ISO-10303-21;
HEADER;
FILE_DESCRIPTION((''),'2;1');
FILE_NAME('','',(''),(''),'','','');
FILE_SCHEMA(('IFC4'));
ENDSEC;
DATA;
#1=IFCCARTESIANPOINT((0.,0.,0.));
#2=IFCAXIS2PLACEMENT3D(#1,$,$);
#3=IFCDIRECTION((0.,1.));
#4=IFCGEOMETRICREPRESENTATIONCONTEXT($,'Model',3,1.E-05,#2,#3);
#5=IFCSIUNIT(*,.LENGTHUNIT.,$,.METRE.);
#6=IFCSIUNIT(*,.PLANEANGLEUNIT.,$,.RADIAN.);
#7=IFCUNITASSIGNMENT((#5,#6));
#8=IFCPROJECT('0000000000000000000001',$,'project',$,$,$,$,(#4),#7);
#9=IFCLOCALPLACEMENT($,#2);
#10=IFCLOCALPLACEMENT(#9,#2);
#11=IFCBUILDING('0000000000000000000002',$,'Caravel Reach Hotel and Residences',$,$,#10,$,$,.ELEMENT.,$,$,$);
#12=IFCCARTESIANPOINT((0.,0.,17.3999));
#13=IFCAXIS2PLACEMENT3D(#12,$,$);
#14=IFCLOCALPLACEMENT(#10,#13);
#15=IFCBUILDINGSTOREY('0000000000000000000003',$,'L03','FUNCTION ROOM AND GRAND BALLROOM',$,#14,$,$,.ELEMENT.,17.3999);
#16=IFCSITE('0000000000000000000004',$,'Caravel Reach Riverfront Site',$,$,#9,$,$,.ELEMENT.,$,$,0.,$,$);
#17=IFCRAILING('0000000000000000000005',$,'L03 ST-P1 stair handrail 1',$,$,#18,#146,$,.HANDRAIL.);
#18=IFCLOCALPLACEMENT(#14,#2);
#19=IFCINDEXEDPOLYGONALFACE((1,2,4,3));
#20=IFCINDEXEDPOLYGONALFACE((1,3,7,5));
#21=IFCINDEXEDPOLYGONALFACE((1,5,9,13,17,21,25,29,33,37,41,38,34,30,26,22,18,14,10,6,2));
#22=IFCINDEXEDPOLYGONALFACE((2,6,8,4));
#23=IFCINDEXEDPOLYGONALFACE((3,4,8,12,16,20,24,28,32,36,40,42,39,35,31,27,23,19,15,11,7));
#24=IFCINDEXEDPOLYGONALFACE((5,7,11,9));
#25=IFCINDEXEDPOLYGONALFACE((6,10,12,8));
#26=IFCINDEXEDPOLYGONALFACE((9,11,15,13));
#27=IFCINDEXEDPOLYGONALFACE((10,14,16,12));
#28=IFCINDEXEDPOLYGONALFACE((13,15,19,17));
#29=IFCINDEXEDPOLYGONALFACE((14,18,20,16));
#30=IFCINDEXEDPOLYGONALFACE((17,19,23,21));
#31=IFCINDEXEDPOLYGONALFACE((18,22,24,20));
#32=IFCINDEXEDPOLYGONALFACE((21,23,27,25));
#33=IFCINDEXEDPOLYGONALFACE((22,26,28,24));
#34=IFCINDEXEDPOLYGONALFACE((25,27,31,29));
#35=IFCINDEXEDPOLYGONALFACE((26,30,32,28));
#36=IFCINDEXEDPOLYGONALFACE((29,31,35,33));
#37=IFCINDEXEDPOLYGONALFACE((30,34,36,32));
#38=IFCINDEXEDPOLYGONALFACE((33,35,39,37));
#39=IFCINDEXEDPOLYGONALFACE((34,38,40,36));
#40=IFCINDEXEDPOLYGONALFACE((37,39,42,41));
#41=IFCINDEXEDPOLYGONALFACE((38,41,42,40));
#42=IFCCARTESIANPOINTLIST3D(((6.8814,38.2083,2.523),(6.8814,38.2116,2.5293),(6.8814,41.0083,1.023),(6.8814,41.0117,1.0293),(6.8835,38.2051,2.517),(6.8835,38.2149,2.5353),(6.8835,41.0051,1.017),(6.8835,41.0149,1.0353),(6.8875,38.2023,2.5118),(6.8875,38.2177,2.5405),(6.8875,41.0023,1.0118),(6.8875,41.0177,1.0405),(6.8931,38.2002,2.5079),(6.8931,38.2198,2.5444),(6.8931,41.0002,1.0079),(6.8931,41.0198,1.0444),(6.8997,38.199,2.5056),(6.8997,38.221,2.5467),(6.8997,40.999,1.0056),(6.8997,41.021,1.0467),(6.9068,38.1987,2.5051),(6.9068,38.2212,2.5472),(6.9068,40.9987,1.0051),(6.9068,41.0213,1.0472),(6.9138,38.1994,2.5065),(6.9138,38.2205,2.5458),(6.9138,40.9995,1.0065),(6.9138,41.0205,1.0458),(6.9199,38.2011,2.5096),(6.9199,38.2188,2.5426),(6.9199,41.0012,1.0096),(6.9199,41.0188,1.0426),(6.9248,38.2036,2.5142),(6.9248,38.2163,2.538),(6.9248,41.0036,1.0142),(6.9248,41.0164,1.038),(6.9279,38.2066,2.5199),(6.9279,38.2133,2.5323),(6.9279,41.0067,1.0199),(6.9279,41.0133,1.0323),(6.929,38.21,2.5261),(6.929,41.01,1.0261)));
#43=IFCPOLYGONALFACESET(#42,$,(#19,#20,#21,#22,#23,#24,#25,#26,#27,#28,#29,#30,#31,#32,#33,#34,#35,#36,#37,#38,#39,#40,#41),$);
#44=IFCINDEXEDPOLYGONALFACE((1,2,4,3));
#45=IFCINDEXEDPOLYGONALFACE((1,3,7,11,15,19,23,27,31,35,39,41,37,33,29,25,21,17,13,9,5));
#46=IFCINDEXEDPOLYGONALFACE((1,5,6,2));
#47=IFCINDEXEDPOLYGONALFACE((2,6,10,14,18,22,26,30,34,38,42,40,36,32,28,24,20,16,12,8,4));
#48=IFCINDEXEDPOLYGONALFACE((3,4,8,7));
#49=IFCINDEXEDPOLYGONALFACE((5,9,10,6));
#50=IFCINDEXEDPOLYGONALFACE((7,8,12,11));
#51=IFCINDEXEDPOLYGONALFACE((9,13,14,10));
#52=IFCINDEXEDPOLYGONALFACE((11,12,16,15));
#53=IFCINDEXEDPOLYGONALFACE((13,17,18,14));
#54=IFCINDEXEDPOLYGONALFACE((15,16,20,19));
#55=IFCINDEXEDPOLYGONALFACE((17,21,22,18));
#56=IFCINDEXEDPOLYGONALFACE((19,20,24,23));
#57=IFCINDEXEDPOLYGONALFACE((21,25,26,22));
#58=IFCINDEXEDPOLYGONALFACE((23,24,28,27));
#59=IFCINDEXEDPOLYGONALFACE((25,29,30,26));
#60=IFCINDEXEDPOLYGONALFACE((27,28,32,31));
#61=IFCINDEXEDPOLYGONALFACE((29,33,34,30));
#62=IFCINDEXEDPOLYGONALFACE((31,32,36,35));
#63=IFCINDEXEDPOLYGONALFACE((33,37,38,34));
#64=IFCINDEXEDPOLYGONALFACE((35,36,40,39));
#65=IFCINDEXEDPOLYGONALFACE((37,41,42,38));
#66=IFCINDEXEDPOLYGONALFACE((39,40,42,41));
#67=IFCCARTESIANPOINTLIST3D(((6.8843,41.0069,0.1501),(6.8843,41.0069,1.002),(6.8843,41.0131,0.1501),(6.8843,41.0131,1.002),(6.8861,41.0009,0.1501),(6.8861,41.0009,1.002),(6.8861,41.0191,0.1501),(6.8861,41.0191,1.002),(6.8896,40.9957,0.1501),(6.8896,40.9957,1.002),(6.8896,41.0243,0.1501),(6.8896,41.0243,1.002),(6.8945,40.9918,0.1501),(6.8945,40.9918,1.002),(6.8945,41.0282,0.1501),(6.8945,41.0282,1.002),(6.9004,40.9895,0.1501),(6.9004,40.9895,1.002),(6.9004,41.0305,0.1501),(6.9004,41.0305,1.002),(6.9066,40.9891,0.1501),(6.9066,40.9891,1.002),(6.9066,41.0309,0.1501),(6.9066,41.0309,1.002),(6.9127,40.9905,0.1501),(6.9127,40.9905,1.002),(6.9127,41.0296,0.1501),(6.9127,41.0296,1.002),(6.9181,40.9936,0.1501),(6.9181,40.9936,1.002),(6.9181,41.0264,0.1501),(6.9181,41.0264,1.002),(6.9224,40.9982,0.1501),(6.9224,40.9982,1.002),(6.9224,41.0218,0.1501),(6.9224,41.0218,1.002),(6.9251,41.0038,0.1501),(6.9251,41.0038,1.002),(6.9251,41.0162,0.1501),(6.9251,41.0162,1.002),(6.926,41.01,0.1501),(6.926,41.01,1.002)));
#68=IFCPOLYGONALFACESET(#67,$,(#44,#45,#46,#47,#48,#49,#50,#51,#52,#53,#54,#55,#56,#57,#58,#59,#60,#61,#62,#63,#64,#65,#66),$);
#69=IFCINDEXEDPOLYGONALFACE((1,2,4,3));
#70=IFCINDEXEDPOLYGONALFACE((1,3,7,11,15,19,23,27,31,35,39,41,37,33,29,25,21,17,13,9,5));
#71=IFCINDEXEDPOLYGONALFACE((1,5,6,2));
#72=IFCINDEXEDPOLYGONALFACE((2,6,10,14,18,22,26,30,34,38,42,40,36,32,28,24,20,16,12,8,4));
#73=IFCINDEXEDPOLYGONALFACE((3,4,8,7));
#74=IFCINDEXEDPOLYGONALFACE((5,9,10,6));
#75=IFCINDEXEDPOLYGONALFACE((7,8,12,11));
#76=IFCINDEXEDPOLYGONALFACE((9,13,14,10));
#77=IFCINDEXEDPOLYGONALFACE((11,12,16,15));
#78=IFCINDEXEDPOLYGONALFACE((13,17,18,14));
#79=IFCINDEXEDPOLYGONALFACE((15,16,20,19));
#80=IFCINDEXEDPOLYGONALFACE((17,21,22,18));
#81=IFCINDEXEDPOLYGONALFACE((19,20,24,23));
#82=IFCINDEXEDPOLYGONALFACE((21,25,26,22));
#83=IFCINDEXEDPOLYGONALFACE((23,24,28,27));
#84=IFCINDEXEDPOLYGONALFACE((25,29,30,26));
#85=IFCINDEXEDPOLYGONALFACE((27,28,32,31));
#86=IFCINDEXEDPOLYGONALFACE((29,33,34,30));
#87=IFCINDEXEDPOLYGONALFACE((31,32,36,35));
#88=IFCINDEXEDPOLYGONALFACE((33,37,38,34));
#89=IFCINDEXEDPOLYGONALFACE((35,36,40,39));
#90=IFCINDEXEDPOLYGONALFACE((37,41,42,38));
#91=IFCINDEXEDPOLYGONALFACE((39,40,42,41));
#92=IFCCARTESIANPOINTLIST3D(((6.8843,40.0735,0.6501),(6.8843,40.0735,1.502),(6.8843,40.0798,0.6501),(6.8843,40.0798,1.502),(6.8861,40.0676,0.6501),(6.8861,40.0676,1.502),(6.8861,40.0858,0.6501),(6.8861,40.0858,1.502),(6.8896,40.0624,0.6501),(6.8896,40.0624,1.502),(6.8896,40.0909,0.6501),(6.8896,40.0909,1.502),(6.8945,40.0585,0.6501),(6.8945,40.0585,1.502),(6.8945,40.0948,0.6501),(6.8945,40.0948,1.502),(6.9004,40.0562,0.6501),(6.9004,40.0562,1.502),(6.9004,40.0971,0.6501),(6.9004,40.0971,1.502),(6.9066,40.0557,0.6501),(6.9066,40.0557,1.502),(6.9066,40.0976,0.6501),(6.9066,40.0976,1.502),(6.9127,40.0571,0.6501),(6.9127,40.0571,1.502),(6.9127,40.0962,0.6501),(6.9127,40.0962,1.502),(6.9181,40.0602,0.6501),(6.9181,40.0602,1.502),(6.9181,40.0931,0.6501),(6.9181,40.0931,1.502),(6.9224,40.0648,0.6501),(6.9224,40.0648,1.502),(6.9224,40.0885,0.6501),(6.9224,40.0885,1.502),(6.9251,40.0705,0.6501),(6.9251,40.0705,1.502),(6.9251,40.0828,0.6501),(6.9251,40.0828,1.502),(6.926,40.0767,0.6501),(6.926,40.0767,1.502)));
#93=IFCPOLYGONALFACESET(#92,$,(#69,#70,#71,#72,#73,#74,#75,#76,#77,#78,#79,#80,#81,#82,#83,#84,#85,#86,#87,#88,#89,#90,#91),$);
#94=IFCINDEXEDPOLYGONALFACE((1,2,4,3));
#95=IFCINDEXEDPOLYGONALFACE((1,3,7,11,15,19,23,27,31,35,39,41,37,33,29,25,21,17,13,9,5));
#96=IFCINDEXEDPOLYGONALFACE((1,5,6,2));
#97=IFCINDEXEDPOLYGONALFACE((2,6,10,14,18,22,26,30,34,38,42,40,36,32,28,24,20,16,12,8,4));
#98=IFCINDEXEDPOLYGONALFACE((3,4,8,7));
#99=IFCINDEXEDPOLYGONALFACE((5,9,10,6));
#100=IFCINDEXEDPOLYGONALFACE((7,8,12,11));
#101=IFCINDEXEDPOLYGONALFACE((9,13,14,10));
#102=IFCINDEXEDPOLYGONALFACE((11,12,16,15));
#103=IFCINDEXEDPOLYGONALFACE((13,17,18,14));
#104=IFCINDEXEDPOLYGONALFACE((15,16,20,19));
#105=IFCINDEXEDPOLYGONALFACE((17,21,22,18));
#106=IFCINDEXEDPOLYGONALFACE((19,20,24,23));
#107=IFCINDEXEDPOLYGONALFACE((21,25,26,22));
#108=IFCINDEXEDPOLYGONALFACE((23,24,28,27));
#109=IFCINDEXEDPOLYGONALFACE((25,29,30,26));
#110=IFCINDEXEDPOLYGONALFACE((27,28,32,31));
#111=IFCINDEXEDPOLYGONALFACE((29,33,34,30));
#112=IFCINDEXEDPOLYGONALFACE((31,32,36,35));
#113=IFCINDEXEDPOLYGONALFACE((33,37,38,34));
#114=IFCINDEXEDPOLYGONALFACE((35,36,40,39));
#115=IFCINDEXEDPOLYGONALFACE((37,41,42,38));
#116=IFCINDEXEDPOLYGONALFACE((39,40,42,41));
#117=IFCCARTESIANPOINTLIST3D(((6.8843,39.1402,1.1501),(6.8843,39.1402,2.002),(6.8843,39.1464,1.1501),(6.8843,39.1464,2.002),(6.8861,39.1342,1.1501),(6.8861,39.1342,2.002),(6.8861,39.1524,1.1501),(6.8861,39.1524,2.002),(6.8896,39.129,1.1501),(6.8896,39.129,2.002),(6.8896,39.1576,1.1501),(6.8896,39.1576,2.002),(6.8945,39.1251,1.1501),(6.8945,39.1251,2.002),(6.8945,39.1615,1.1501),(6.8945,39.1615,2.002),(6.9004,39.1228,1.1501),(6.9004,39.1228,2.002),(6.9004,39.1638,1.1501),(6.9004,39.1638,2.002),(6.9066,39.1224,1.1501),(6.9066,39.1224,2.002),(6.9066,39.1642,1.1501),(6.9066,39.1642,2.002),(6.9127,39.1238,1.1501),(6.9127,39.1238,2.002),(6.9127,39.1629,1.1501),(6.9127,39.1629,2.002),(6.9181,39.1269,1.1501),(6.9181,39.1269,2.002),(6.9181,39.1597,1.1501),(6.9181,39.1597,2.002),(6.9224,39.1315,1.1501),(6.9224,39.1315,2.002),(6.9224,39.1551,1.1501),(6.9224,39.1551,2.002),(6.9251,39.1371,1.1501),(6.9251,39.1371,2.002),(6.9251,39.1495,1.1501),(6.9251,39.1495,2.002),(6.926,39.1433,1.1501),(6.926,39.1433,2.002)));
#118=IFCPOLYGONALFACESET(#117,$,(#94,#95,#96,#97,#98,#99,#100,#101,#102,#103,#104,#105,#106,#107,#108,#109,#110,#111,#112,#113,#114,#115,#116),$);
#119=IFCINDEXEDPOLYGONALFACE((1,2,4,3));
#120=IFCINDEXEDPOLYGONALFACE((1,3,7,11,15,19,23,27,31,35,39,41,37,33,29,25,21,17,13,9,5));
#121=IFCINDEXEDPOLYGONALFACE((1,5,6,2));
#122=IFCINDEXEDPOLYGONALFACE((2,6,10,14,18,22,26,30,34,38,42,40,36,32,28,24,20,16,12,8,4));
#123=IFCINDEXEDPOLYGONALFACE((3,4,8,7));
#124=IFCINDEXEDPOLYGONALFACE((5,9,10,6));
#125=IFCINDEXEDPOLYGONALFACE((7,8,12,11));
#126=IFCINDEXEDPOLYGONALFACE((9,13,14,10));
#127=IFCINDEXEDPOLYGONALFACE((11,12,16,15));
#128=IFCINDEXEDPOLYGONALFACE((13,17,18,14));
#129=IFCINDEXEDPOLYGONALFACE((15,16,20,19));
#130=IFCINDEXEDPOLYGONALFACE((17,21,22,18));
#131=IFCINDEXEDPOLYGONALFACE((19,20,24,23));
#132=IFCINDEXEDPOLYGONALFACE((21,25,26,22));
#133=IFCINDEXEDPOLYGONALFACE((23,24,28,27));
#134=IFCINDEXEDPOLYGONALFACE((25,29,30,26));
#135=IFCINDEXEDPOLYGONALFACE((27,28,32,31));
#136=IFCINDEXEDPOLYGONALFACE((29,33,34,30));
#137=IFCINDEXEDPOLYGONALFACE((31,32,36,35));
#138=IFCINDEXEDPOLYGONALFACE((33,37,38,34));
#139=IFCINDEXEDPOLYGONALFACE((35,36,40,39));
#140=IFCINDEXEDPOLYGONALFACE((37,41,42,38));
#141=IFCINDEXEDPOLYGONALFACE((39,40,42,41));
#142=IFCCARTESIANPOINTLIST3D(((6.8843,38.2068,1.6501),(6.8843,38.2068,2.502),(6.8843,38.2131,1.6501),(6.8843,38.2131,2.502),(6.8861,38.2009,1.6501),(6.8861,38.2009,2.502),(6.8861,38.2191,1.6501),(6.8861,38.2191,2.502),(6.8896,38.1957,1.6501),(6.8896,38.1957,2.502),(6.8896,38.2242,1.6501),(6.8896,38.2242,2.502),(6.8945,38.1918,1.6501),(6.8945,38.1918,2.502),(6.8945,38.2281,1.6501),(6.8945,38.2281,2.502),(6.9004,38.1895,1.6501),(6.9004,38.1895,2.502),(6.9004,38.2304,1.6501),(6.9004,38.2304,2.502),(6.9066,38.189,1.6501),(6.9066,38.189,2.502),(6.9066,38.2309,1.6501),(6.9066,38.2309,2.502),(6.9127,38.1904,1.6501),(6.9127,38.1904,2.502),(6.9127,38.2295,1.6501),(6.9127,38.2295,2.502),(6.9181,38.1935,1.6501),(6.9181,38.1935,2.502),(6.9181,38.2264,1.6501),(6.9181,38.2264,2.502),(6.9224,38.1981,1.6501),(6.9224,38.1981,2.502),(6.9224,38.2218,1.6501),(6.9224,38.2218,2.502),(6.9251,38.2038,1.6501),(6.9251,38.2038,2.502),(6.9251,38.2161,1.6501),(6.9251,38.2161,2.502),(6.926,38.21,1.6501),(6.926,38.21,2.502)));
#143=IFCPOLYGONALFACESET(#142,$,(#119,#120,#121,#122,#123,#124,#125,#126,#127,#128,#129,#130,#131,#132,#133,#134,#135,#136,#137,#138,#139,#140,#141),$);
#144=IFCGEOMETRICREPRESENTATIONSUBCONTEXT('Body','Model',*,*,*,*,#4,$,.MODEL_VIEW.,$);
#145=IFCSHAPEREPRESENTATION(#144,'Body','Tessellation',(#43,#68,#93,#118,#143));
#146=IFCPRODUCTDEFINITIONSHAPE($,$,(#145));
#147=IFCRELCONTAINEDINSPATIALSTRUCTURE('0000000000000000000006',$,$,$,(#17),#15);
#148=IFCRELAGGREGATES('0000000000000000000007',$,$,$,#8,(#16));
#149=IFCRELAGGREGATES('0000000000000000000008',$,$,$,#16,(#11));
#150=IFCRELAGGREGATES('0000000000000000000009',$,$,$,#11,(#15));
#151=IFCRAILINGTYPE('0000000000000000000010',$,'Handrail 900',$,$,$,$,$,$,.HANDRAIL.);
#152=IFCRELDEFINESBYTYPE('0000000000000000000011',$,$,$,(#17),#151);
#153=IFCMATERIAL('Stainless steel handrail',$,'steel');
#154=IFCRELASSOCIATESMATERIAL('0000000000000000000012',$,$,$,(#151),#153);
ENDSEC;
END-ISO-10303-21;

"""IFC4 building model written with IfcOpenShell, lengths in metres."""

from ifc_helpers import new_model, si_unit, direction, frame, origin, origin_2d, place, context, subcontext, project, spatial, circle, extrude, material, type_object, element, save


model = new_model("IFC4")

# Units and contexts
model_context = context("Model", 3, precision=1e-05, world=origin(), true_north=direction((0.0, 1.0)))
body_context = subcontext(model_context, "Body", "Model", "MODEL_VIEW")
ifc_project = project(units=[si_unit("LENGTHUNIT", "METRE"), si_unit("PLANEANGLEUNIT", "RADIAN")], contexts=[model_context])

# Site, building, storey
site_placement = place(None, origin())
site = spatial("IfcSite", under=ifc_project, at=site_placement, Name="Caravel Reach Riverfront Site", CompositionType="ELEMENT", RefElevation=0.0)
building_placement = place(site_placement, origin())
building = spatial("IfcBuilding", under=site, at=building_placement, Name="Caravel Reach Hotel and Residences", CompositionType="ELEMENT")
storey_placement = place(building_placement, frame((0.0, 0.0, 17.3999)))
storey = spatial("IfcBuildingStorey", under=building, at=storey_placement, Name="L03", Description="FUNCTION ROOM AND GRAND BALLROOM", CompositionType="ELEMENT", Elevation=17.3999)

# Railing
ifc_material_1 = material(Name="Stainless steel handrail", Category="steel")
railing_type_1 = type_object("IfcRailingType", Name="Handrail 900", PredefinedType="HANDRAIL", material=ifc_material_1)
railing_1_placement = place(storey_placement, frame((6.905, 41.01, 0.1501)))
element("IfcRailing", 1, at=railing_1_placement, inside=storey, type_object=railing_type_1, Name="L03 ST-P1 stair handrail 1", PredefinedType="HANDRAIL", context=body_context, shape_type="SweptSolid", body=[
    extrude(circle(Radius=0.0239, at=origin_2d()), frame((0.0, 0.0, 0.876), z_axis=(0.0, -0.881483, 0.472215), x_axis=(1.0, 0.0, 0.0)), (0.0, 0.0, 1.0), 3.1765),
    extrude(circle(Radius=0.021, at=origin_2d()), origin(), (0.0, 0.0, 1.0), 0.8518),
    extrude(circle(Radius=0.021, at=origin_2d()), frame((0.0, -0.9333, 0.5)), (0.0, 0.0, 1.0), 0.8518),
    extrude(circle(Radius=0.021, at=origin_2d()), frame((0.0, -1.8667, 1.0)), (0.0, 0.0, 1.0), 0.8518),
    extrude(circle(Radius=0.021, at=origin_2d()), frame((0.0, -2.8, 1.5)), (0.0, 0.0, 1.0), 0.8518),
])

save(model, "model.ifc")
